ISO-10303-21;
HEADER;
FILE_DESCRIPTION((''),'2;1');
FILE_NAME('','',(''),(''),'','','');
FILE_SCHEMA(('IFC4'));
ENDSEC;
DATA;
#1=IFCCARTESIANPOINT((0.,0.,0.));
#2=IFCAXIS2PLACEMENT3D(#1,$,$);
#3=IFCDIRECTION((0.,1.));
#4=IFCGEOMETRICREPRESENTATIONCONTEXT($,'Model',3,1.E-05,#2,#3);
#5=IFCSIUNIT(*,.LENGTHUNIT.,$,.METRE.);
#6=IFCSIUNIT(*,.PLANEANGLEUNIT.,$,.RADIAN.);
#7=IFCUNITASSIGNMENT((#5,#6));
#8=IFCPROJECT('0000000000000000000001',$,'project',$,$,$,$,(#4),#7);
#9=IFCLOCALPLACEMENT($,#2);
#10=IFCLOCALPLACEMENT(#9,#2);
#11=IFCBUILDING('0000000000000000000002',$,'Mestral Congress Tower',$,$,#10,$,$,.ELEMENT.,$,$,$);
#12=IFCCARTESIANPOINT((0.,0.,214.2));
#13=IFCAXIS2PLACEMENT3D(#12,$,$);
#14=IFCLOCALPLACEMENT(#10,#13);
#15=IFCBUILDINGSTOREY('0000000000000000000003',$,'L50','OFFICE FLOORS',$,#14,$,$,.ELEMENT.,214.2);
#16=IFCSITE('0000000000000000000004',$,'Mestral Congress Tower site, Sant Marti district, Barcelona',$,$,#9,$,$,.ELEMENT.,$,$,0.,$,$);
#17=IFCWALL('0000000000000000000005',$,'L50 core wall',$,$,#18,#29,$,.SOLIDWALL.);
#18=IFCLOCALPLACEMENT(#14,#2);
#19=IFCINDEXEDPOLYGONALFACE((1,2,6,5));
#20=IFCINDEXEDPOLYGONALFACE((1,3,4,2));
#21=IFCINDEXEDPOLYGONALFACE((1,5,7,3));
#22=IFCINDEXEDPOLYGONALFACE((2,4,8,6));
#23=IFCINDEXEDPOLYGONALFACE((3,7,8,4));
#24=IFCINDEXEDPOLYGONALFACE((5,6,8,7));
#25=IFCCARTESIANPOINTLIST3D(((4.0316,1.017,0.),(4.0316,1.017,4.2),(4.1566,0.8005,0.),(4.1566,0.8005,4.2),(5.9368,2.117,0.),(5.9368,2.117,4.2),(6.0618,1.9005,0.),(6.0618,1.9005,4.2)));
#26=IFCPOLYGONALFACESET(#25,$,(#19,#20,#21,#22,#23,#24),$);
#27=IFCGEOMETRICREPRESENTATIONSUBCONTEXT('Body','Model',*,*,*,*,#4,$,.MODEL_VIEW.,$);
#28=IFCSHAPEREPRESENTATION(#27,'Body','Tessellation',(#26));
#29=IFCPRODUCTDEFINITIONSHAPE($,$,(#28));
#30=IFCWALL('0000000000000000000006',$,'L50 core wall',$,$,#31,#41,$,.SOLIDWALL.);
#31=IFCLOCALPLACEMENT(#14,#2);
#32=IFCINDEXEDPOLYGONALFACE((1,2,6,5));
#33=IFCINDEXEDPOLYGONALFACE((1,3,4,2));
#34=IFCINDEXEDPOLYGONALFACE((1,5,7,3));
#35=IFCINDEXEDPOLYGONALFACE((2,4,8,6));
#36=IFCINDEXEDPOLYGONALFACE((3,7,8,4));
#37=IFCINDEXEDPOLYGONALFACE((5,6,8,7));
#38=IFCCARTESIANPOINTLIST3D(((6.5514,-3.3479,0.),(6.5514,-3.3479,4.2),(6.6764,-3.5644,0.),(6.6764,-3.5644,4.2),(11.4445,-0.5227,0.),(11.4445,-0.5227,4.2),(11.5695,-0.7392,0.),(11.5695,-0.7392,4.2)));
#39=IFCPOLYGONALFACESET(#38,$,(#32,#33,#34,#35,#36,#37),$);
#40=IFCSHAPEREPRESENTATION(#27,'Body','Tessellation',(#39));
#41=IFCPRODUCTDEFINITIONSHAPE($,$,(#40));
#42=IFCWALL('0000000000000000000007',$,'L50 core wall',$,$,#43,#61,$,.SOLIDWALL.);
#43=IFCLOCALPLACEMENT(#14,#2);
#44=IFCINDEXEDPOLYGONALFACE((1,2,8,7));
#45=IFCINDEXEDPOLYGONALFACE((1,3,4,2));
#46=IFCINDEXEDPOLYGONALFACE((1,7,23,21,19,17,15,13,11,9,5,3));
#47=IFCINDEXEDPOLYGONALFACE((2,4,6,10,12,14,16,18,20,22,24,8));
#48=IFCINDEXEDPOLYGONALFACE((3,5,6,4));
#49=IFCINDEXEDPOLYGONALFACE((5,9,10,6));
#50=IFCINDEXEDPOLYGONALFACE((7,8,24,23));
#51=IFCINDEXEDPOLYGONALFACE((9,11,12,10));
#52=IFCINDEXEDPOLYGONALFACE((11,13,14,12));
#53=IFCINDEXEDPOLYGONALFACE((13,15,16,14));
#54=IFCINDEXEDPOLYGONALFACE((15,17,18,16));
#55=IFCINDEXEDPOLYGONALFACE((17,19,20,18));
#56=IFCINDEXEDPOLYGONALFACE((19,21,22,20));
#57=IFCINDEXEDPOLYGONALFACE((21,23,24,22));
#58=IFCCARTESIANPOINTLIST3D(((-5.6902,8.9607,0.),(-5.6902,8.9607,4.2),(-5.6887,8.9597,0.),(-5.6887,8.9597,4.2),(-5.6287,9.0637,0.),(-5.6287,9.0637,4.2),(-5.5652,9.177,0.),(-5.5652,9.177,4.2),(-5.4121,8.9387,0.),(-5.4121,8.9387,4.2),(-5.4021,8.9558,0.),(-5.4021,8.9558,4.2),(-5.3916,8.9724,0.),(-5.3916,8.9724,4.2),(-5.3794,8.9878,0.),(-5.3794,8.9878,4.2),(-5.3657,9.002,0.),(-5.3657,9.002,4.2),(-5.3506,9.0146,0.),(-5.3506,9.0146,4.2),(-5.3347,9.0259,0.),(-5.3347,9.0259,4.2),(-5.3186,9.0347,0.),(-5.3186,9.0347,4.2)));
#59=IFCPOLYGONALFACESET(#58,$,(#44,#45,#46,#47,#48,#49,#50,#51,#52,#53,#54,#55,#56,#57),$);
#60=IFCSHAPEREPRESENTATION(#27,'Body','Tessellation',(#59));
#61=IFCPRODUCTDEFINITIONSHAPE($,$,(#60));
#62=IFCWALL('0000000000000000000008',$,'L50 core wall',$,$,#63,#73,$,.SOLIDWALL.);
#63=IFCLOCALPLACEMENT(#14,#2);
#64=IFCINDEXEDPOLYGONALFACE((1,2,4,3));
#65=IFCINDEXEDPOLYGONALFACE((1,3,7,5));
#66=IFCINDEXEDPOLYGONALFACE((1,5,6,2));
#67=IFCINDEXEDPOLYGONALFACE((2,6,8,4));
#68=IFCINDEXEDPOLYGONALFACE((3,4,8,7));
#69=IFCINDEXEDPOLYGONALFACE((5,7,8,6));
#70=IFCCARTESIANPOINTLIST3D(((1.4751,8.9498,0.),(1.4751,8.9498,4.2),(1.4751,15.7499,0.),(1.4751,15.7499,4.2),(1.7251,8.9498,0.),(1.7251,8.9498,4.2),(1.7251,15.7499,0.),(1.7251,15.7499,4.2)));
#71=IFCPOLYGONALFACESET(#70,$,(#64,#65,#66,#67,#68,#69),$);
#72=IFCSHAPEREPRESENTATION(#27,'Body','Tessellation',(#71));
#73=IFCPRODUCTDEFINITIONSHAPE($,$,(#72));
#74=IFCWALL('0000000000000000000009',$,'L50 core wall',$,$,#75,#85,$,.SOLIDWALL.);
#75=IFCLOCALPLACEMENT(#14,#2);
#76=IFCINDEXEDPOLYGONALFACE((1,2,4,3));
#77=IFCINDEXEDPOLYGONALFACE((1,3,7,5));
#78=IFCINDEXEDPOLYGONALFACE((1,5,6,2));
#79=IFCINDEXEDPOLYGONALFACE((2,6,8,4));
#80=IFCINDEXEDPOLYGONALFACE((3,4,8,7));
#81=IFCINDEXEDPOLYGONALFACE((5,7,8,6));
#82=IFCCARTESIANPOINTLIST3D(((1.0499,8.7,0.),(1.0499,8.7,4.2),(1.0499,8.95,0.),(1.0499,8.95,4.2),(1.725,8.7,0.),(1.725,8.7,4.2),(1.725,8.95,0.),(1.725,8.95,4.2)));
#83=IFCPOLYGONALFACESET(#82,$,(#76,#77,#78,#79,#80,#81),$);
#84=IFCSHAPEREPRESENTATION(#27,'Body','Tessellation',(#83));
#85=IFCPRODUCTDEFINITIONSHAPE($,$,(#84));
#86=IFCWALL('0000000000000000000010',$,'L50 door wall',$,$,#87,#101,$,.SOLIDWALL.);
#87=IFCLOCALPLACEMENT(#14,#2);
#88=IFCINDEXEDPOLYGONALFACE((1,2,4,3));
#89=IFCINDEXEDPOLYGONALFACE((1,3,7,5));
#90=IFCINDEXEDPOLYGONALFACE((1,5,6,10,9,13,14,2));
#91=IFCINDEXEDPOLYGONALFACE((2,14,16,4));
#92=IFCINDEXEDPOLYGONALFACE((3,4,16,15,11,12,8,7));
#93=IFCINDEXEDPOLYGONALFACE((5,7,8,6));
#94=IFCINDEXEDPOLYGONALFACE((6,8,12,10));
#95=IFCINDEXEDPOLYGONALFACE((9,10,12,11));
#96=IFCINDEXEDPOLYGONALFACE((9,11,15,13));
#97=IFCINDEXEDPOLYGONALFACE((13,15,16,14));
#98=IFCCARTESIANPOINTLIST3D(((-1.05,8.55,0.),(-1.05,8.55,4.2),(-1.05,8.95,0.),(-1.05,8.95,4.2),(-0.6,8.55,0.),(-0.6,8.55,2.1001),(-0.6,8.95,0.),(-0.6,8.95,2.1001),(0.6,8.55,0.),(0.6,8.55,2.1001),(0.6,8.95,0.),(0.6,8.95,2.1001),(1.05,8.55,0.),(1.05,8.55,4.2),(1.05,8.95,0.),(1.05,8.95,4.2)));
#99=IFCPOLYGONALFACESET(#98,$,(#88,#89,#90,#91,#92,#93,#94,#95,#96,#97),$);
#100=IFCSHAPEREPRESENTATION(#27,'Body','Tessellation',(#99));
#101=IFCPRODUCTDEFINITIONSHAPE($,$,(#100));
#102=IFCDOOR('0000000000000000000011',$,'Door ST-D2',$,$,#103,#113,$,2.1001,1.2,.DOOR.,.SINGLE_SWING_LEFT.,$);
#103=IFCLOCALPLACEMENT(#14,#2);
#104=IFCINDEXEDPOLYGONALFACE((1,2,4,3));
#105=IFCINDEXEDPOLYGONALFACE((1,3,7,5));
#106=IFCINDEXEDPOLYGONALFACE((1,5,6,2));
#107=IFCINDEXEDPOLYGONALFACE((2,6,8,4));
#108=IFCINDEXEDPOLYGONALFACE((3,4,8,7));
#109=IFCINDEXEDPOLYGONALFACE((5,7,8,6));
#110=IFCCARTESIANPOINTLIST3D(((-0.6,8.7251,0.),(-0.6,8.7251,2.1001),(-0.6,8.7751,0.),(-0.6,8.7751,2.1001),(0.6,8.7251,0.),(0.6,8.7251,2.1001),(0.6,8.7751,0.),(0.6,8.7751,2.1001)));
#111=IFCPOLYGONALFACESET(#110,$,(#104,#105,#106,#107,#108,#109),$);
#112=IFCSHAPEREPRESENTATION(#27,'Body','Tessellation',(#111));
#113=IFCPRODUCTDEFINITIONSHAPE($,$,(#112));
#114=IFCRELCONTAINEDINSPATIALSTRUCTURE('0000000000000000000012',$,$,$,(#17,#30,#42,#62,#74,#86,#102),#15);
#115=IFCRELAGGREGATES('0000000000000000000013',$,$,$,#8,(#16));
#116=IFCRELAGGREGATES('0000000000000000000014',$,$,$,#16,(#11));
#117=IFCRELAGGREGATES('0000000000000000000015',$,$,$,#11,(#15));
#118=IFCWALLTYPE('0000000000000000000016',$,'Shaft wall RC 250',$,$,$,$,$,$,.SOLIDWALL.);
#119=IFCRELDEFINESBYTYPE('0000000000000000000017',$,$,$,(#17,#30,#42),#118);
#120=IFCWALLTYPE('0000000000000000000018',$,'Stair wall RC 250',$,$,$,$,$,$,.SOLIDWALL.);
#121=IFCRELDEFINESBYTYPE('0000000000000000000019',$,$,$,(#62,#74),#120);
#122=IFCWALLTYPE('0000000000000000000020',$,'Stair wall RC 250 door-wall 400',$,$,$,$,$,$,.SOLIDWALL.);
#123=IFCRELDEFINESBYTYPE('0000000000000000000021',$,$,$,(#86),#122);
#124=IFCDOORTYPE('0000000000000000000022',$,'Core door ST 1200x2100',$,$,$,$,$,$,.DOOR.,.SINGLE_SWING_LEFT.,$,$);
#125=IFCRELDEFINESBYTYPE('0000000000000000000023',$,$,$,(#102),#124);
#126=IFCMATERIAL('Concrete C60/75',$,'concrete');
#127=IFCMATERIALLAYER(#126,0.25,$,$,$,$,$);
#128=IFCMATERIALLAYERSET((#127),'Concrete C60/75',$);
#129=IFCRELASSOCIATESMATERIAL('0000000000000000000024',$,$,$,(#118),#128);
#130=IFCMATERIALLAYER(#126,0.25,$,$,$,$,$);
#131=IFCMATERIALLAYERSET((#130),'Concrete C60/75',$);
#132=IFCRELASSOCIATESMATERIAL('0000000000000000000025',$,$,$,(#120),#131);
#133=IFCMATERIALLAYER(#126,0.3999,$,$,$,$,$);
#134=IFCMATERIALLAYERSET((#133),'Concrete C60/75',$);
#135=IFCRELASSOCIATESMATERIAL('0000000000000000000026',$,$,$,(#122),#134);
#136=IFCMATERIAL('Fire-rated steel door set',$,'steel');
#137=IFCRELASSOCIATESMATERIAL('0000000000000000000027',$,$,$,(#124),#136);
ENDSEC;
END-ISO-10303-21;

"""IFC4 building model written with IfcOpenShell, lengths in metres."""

from ifc_helpers import new_model, si_unit, direction, frame, frame_2d, origin, place, context, subcontext, project, spatial, polyline, rectangle, outline, extrude, material, layer, layer_set, type_object, element, fill, save


model = new_model("IFC4")

# Units and contexts
model_context = context("Model", 3, precision=1e-05, world=origin(), true_north=direction((0.0, 1.0)))
body_context = subcontext(model_context, "Body", "Model", "MODEL_VIEW")
ifc_project = project(units=[si_unit("LENGTHUNIT", "METRE"), si_unit("PLANEANGLEUNIT", "RADIAN")], contexts=[model_context])

# Site, building, storey
site_placement = place(None, origin())
site = spatial("IfcSite", under=ifc_project, at=site_placement, Name="Mestral Congress Tower site, Sant Marti district, Barcelona", CompositionType="ELEMENT", RefElevation=0.0)
building_placement = place(site_placement, origin())
building = spatial("IfcBuilding", under=site, at=building_placement, Name="Mestral Congress Tower", CompositionType="ELEMENT")
storey_placement = place(building_placement, frame((0.0, 0.0, 214.2)))
storey = spatial("IfcBuildingStorey", under=building, at=storey_placement, Name="L50", Description="OFFICE FLOORS", CompositionType="ELEMENT", Elevation=214.2)

# Shared definitions
ifc_material_1 = material(Name="Concrete C60/75", Category="concrete")

# Shared definitions
ifc_material_2 = material(Name="Fire-rated steel door set", Category="steel")

# Walls
ifc_layer_1 = layer(ifc_material_1, 0.25)
ifc_layer_set_1 = layer_set([ifc_layer_1], Name="Concrete C60/75")
wall_type_1 = type_object("IfcWallType", Name="Shaft wall RC 250", PredefinedType="SOLIDWALL", material=ifc_layer_set_1)
for number, where, z_axis, x_axis, name in (
    (1, (4.094, 0.9087, 0.0), (0.0, 0.0, 1.0), (0.866008, 0.50003, 0.0), "L50 core wall"),
):
    element("IfcWall", number, at=place(storey_placement, frame(where, z_axis=z_axis, x_axis=x_axis)), inside=storey, type_object=wall_type_1, Name=name, PredefinedType="SOLIDWALL", context=body_context, shape_type="SweptSolid", body=[
        extrude(rectangle(XDim=2.2, YDim=0.25, at=frame_2d((1.1001, 0.0))), origin(), (0.0, 0.0, 1.0), 4.2),
    ])
wall_1_placement = place(storey_placement, frame((11.5071, -0.6309, 0.0), z_axis=(0.0, 0.0, 1.0), x_axis=(-0.866011, -0.500024, 0.0)))
element("IfcWall", 2, at=wall_1_placement, inside=storey, type_object=wall_type_1, Name="L50 core wall", PredefinedType="SOLIDWALL", context=body_context, shape_type="SweptSolid", body=[
    extrude(rectangle(XDim=5.6501, YDim=0.25, at=frame_2d((2.8252, 0.0))), origin(), (0.0, 0.0, 1.0), 4.2),
])
wall_2_placement = place(storey_placement, origin())
element("IfcWall", 3, at=wall_2_placement, inside=storey, type_object=wall_type_1, Name="L50 core wall", PredefinedType="SOLIDWALL", context=body_context, shape_type="SweptSolid", body=[
    extrude(outline(polyline([(-5.6887, 8.9597), (-5.6902, 8.9607), (-5.5652, 9.177), (-5.3186, 9.0347), (-5.3347, 9.0259), (-5.3506, 9.0146), (-5.3657, 9.002), (-5.3794, 8.9878), (-5.3916, 8.9724), (-5.4021, 8.9558), (-5.4121, 8.9387), (-5.6287, 9.0637), (-5.6287, 9.0637), (-5.6887, 8.9597)])), origin(), (0.0, 0.0, 1.0), 4.2),
])
ifc_layer_2 = layer(ifc_material_1, 0.25)
ifc_layer_set_2 = layer_set([ifc_layer_2], Name="Concrete C60/75")
wall_type_2 = type_object("IfcWallType", Name="Stair wall RC 250", PredefinedType="SOLIDWALL", material=ifc_layer_set_2)
wall_3_placement = place(storey_placement, frame((1.6001, 8.95, 0.0), z_axis=(0.0, 0.0, 1.0), x_axis=(0.0, 1.0, 0.0)))
element("IfcWall", 4, at=wall_3_placement, inside=storey, type_object=wall_type_2, Name="L50 core wall", PredefinedType="SOLIDWALL", context=body_context, shape_type="SweptSolid", body=[
    extrude(rectangle(XDim=6.8, YDim=0.25, at=frame_2d((3.3999, 0.0))), origin(), (0.0, 0.0, 1.0), 4.2),
])
wall_4_placement = place(storey_placement, frame((1.05, 8.825, 0.0), z_axis=(0.0, 0.0, 1.0), x_axis=(1.0, 0.0, 0.0)))
element("IfcWall", 5, at=wall_4_placement, inside=storey, type_object=wall_type_2, Name="L50 core wall", PredefinedType="SOLIDWALL", context=body_context, shape_type="SweptSolid", body=[
    extrude(rectangle(XDim=0.675, YDim=0.25, at=frame_2d((0.3374, 0.0))), origin(), (0.0, 0.0, 1.0), 4.2),
])

# Wall, opening, door
ifc_layer_3 = layer(ifc_material_1, 0.3999)
ifc_layer_set_3 = layer_set([ifc_layer_3], Name="Concrete C60/75")
wall_type_3 = type_object("IfcWallType", Name="Stair wall RC 250 door-wall 400", PredefinedType="SOLIDWALL", material=ifc_layer_set_3)
wall_5_placement = place(storey_placement, frame((1.05, 8.75, 0.0), z_axis=(0.0, 0.0, 1.0), x_axis=(-1.0, 0.0, 0.0)))
wall_5 = element("IfcWall", 6, at=wall_5_placement, inside=storey, type_object=wall_type_3, Name="L50 door wall", PredefinedType="SOLIDWALL", context=body_context, shape_type="SweptSolid", body=[
    extrude(rectangle(XDim=2.1001, YDim=0.3999, at=frame_2d((1.05, 0.0))), origin(), (0.0, 0.0, 1.0), 4.2),
])
opening_1_placement = place(wall_5_placement, frame((0.45, 0.0, 0.0)))
opening_1 = element("IfcOpeningElement", 7, at=opening_1_placement, cuts=wall_5, PredefinedType="OPENING", context=body_context, shape_type="SweptSolid", body=[
    extrude(rectangle(XDim=1.2, YDim=2.1001, at=frame_2d((0.6001, 1.05))), frame((0.0, 0.21, 0.0), z_axis=(0.0, -1.0, 0.0), x_axis=(1.0, 0.0, 0.0)), (0.0, 0.0, 1.0), 0.4199),
])
door_type_1 = type_object("IfcDoorType", Name="Core door ST 1200x2100", OperationType="SINGLE_SWING_LEFT", PredefinedType="DOOR", material=ifc_material_2)
door_1_placement = place(opening_1_placement, origin())
door_1 = element("IfcDoor", 8, at=door_1_placement, inside=storey, type_object=door_type_1, Name="Door ST-D2", OperationType="SINGLE_SWING_LEFT", OverallHeight=2.1001, OverallWidth=1.2, PredefinedType="DOOR", context=body_context, shape_type="SweptSolid", body=[
    extrude(rectangle(XDim=1.2, YDim=2.1001, at=frame_2d((0.6001, 1.05))), frame((0.0, 0.0249, 0.0), z_axis=(0.0, -1.0, 0.0), x_axis=(1.0, 0.0, 0.0)), (0.0, 0.0, 1.0), 0.05),
])
fill(opening_1, door_1)

save(model, "model.ifc")
